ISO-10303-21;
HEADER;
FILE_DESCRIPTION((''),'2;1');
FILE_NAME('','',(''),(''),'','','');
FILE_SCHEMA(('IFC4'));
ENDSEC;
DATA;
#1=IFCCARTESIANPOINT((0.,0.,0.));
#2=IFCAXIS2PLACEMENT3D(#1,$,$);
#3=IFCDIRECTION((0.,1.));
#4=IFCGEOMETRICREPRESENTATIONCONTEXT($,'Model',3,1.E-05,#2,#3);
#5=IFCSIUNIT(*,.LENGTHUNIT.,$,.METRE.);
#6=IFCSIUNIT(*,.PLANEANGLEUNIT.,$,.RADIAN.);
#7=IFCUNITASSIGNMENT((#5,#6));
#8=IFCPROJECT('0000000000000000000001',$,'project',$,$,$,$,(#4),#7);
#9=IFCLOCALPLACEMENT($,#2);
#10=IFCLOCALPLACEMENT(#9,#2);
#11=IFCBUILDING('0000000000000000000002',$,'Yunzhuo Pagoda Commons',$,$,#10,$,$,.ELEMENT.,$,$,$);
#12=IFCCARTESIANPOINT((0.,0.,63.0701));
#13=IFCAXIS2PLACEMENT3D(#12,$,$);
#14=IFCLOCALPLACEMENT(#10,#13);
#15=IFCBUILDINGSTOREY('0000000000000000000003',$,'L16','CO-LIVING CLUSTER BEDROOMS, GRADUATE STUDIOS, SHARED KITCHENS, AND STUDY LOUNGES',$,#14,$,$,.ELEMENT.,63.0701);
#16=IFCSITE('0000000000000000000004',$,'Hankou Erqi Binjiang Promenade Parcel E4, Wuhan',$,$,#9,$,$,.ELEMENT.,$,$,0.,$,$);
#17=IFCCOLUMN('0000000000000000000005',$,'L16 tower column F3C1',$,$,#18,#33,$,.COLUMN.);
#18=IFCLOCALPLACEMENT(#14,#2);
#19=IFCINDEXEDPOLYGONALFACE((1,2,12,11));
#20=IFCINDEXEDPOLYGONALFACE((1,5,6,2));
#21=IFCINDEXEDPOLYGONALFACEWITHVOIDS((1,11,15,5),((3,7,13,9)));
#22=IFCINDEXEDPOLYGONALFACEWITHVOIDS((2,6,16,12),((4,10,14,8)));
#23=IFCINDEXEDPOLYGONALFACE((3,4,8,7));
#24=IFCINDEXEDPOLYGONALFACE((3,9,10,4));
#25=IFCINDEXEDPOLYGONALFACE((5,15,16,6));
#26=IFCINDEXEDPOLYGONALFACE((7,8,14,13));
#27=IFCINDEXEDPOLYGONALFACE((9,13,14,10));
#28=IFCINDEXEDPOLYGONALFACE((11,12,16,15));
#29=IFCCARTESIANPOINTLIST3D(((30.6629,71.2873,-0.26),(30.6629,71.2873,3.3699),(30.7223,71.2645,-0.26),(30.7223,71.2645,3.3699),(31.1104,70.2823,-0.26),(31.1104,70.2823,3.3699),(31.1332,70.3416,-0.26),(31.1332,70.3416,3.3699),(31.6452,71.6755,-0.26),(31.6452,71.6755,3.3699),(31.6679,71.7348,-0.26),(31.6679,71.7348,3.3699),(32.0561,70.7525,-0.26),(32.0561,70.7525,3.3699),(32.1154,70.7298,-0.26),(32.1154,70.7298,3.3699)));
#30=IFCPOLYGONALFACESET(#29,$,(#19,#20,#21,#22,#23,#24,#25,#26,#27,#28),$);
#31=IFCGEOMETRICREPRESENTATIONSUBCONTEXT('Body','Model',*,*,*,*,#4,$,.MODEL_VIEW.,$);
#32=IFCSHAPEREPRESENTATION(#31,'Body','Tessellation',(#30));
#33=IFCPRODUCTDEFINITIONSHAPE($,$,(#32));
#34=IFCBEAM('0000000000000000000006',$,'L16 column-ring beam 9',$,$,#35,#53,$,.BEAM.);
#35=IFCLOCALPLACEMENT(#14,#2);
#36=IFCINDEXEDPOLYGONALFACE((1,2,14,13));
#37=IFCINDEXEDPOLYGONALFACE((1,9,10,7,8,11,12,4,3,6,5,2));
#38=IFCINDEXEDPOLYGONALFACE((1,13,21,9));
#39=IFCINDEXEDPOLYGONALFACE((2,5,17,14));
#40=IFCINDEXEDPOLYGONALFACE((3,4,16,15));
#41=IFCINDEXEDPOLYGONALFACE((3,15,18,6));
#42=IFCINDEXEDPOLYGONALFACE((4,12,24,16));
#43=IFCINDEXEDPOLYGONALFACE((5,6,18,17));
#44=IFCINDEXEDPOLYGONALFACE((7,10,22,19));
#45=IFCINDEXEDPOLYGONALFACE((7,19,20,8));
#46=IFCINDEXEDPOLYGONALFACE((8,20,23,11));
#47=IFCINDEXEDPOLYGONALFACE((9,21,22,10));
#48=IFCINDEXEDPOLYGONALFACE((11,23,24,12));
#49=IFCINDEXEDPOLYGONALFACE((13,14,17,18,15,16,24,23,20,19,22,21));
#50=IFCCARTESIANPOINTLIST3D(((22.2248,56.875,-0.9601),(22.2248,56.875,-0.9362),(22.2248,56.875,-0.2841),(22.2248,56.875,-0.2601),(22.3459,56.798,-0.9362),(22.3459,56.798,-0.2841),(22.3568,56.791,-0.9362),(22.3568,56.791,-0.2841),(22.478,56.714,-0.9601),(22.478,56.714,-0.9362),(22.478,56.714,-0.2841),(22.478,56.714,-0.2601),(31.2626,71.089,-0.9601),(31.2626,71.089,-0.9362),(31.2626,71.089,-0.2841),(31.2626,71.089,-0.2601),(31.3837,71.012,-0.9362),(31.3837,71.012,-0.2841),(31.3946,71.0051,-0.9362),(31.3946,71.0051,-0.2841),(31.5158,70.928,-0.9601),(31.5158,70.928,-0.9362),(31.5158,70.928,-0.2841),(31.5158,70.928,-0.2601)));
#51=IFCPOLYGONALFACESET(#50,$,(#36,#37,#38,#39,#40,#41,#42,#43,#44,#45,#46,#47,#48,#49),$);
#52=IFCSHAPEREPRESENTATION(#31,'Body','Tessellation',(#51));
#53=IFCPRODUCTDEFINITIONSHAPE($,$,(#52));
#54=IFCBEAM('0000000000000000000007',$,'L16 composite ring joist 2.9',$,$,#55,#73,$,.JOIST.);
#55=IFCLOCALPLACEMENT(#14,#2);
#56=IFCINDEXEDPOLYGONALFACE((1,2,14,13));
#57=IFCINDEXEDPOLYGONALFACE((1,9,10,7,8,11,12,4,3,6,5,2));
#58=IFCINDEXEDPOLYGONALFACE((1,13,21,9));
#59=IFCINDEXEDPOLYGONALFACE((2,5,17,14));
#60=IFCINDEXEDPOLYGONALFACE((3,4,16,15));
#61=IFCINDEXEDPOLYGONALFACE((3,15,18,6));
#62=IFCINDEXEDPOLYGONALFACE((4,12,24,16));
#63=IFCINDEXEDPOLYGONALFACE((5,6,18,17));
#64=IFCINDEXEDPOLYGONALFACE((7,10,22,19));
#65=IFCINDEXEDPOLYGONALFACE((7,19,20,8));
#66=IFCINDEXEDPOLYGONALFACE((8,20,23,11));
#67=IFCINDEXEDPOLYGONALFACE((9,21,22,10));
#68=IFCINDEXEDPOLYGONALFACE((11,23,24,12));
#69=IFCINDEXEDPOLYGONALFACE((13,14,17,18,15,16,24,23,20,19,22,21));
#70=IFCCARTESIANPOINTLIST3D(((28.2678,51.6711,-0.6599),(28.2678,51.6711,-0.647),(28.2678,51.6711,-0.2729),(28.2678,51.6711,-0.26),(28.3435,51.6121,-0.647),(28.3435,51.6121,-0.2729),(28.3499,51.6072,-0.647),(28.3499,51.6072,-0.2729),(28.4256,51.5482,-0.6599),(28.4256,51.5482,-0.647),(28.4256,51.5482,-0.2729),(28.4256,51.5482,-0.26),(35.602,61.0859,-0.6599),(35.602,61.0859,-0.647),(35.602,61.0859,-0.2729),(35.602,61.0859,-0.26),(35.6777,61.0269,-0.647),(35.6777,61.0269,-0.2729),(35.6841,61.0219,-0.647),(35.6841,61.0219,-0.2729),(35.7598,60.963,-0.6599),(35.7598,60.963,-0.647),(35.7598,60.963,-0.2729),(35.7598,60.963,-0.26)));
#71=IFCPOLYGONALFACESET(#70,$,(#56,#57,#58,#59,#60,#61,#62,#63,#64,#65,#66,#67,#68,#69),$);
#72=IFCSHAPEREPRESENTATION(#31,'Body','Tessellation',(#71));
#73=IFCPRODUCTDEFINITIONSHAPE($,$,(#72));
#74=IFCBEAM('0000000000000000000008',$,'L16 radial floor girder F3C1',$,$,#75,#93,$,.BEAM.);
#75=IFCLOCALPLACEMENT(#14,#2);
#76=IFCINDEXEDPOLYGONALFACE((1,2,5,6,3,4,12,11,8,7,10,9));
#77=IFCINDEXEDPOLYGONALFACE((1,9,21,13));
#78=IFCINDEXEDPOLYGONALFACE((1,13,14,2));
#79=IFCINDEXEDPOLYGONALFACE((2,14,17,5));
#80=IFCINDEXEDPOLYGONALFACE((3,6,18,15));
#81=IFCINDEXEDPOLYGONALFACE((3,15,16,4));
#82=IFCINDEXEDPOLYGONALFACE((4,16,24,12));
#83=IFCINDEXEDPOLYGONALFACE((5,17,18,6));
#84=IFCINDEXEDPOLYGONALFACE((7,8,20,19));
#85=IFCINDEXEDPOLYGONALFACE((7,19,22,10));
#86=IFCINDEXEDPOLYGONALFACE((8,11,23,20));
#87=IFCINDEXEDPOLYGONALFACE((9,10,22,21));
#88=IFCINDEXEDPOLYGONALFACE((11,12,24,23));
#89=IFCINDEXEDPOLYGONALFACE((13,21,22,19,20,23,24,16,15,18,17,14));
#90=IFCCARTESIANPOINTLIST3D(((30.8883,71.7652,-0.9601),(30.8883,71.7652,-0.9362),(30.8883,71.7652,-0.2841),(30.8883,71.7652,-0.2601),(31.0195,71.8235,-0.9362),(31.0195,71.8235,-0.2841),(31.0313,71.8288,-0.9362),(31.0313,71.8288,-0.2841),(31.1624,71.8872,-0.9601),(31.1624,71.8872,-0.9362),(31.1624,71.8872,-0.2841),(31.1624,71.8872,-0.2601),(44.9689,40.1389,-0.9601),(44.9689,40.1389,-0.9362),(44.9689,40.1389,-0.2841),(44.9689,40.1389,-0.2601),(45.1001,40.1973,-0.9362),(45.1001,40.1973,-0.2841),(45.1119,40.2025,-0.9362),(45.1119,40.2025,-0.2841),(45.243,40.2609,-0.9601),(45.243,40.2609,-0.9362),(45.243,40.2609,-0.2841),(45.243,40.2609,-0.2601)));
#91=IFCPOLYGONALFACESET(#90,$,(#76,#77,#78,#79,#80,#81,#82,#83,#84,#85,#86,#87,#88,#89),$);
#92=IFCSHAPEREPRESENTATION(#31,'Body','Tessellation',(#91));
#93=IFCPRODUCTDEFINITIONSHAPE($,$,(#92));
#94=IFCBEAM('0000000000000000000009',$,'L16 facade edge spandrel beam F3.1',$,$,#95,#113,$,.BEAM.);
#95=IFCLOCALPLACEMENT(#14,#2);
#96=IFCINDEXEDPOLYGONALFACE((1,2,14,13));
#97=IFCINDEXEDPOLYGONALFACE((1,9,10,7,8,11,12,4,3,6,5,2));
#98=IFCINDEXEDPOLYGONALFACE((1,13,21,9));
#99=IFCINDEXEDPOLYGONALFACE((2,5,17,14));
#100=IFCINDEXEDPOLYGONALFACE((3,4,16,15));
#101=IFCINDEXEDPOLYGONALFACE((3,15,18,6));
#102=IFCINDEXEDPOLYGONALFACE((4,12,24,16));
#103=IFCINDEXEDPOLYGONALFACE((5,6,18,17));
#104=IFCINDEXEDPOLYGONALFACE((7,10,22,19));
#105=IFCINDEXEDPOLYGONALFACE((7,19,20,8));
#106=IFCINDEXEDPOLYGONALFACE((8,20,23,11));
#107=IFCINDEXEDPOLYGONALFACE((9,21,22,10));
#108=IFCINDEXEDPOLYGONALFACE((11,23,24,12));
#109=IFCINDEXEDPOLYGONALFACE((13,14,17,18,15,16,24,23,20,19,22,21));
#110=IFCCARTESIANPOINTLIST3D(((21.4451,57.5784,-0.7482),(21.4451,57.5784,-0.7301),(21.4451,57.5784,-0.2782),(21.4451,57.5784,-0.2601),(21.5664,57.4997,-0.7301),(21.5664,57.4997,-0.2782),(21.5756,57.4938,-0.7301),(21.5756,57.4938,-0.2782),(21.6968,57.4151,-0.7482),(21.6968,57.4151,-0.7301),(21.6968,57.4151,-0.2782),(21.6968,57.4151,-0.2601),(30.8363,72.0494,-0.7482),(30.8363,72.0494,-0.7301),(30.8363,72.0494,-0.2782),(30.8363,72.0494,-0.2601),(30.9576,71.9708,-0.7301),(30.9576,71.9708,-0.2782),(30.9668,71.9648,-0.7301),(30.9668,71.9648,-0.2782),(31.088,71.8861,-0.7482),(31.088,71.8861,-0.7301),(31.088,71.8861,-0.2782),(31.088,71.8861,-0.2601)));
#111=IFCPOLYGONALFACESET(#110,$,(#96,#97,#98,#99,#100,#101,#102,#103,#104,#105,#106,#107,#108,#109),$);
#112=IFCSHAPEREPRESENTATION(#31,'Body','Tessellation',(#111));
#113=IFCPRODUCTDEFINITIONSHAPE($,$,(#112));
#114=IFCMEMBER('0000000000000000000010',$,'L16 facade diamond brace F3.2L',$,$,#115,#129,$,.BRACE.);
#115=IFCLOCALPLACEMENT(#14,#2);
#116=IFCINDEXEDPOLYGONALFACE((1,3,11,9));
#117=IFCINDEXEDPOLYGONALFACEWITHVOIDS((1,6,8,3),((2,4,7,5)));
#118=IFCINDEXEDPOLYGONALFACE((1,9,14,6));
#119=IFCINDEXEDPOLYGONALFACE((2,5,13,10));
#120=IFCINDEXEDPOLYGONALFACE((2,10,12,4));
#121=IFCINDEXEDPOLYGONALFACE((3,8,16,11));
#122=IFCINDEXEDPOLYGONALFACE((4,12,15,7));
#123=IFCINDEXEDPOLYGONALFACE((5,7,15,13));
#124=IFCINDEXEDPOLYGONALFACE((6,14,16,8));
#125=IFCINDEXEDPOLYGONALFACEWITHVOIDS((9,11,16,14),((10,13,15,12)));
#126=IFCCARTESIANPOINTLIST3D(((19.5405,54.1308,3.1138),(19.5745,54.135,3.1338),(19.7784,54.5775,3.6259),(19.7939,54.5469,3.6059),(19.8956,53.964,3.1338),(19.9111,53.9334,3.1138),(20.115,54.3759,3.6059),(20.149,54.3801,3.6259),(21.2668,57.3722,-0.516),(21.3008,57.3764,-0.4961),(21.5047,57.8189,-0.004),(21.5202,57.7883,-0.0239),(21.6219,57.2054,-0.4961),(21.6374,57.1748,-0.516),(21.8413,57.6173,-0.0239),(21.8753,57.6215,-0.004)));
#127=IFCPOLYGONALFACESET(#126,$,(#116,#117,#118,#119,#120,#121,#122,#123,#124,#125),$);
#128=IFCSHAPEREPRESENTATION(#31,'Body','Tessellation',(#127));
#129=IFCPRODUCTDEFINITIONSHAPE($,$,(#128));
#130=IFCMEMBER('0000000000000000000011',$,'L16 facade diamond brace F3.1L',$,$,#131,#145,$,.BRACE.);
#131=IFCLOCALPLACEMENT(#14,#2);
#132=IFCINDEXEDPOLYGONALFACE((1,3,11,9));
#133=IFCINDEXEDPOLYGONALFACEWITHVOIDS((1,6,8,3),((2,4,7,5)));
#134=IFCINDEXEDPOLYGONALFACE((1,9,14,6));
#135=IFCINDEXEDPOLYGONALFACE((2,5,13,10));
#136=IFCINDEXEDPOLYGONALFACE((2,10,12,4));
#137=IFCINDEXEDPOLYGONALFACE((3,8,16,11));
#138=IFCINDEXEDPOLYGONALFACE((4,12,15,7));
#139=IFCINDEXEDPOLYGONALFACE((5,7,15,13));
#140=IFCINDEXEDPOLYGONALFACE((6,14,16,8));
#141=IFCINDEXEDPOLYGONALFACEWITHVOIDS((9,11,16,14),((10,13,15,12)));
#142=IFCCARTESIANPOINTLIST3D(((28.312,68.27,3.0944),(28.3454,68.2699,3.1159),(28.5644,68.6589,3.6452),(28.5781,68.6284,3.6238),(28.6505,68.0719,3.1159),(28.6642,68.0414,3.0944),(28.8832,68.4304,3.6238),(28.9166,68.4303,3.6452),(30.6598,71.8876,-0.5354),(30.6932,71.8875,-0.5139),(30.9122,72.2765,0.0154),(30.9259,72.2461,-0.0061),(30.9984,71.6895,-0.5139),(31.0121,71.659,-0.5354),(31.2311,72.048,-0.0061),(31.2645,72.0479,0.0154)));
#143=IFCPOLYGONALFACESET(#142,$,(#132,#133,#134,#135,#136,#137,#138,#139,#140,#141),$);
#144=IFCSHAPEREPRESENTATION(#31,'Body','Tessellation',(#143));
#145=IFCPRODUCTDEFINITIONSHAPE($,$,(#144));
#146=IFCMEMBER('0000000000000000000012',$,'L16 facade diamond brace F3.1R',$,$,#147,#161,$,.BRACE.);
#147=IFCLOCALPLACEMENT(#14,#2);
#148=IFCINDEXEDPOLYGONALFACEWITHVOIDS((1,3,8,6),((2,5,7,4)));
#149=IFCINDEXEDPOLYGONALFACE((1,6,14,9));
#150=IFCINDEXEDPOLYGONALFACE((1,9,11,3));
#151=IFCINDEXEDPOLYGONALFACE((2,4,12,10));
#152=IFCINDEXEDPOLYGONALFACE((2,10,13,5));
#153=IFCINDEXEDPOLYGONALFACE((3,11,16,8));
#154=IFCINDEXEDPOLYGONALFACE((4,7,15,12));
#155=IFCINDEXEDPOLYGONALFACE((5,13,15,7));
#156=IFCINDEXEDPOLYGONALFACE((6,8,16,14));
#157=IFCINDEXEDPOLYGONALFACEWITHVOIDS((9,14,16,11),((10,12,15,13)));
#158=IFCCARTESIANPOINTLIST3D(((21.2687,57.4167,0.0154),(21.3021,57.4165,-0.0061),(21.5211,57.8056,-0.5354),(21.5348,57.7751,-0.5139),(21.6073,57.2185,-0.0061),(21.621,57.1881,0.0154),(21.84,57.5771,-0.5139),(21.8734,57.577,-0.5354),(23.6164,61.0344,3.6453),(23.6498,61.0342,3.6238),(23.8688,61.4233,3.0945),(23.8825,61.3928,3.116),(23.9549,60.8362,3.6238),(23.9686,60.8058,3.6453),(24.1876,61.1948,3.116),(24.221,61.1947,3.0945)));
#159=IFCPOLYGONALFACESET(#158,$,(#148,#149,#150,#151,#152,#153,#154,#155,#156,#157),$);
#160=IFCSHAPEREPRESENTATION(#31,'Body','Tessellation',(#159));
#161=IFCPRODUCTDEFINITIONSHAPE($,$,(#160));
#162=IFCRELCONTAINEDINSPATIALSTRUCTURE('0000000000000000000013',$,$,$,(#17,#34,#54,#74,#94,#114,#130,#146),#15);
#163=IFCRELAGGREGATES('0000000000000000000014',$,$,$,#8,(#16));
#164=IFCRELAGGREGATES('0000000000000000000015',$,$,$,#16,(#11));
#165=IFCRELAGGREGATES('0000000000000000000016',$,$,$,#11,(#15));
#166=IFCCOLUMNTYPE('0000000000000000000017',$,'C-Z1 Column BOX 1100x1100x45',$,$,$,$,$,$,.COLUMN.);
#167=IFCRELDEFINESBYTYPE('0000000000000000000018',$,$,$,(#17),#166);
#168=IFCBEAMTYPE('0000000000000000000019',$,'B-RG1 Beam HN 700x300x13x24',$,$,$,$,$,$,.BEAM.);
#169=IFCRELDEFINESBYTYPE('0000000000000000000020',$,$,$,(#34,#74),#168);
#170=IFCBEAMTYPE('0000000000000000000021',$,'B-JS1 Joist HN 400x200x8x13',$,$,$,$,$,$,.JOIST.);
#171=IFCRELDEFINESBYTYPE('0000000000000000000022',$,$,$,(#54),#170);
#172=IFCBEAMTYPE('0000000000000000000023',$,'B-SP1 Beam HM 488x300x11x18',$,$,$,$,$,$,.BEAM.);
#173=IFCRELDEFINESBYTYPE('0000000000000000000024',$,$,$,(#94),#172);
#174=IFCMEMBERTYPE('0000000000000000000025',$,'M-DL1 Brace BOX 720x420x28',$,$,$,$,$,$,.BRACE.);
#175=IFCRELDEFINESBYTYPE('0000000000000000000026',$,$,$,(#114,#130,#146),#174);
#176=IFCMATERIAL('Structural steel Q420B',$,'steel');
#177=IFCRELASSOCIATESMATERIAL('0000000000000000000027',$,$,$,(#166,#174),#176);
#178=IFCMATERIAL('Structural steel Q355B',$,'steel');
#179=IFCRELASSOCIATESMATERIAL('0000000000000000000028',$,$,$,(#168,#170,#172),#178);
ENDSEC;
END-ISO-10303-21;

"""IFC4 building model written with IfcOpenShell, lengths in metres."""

from ifc_helpers import new_model, si_unit, direction, frame, origin, origin_2d, place, context, subcontext, project, spatial, hollow_rectangle, i_section, extrude, source, transform, mapped, material, material_profile, profile_set, type_object, element, save


model = new_model("IFC4")

# Units and contexts
model_context = context("Model", 3, precision=1e-05, world=origin(), true_north=direction((0.0, 1.0)))
body_context = subcontext(model_context, "Body", "Model", "MODEL_VIEW")
ifc_project = project(units=[si_unit("LENGTHUNIT", "METRE"), si_unit("PLANEANGLEUNIT", "RADIAN")], contexts=[model_context])

# Site, building, storey
site_placement = place(None, origin())
site = spatial("IfcSite", under=ifc_project, at=site_placement, Name="Hankou Erqi Binjiang Promenade Parcel E4, Wuhan", CompositionType="ELEMENT", RefElevation=0.0)
building_placement = place(site_placement, origin())
building = spatial("IfcBuilding", under=site, at=building_placement, Name="Yunzhuo Pagoda Commons", CompositionType="ELEMENT")
storey_placement = place(building_placement, frame((0.0, 0.0, 63.0701)))
storey = spatial("IfcBuildingStorey", under=building, at=storey_placement, Name="L16", Description="CO-LIVING CLUSTER BEDROOMS, GRADUATE STUDIOS, SHARED KITCHENS, AND STUDY LOUNGES", CompositionType="ELEMENT", Elevation=63.0701)

# Column
ifc_material_1 = material(Name="Structural steel Q420B", Category="steel")
ifc_material_profile_1 = material_profile(ifc_material_1, hollow_rectangle(XDim=1.1001, YDim=1.1001, WallThickness=0.0449, at=origin_2d()), Name="Structural steel Q420B")
ifc_profile_set_1 = profile_set([ifc_material_profile_1], Name="Structural steel Q420B")
column_type = type_object("IfcColumnType", Name="C-Z1 Column BOX 1100x1100x45", PredefinedType="COLUMN", material=ifc_profile_set_1)
shared_shape_1 = source(origin(), body_context, "Body", "SweptSolid", [
    extrude(hollow_rectangle(XDim=1.1001, YDim=1.1001, WallThickness=0.0449, at=origin_2d()), origin(), (0.0, 0.0, 1.0), 3.6299),
])
column_placement = place(storey_placement, frame((31.3892, 71.0085, -0.26), z_axis=(0.0, 0.0, 1.0), x_axis=(-0.913545, -0.406737, 0.0)))
element("IfcColumn", 1, at=column_placement, inside=storey, type_object=column_type, Name="L16 tower column F3C1", PredefinedType="COLUMN", context=body_context, shape_type="MappedRepresentation", body=[
    mapped(shared_shape_1, transform((0.0, 0.0, 0.0), scale=1.0)),
])

# Beams
ifc_material_2 = material(Name="Structural steel Q355B", Category="steel")
ifc_material_profile_2 = material_profile(ifc_material_2, i_section(OverallWidth=0.3, OverallDepth=0.7, WebThickness=0.0129, FlangeThickness=0.0239, at=origin_2d()), Name="Structural steel Q355B")
ifc_profile_set_2 = profile_set([ifc_material_profile_2], Name="Structural steel Q355B")
beam_type_1 = type_object("IfcBeamType", Name="B-RG1 Beam HN 700x300x13x24", PredefinedType="BEAM", material=ifc_profile_set_2)
shared_shape_2 = source(origin(), body_context, "Body", "SweptSolid", [
    extrude(i_section(OverallWidth=0.3, OverallDepth=0.7, WebThickness=0.0129, FlangeThickness=0.0239, at=origin_2d()), origin(), (0.0, 0.0, 1.0), 16.844),
])
beam_1_placement = place(storey_placement, frame((31.3892, 71.0085, -0.6101), z_axis=(-0.536558, -0.843863, 0.0), x_axis=(0.843863, -0.536558, 0.0)))
element("IfcBeam", 2, at=beam_1_placement, inside=storey, type_object=beam_type_1, Name="L16 column-ring beam 9", PredefinedType="BEAM", context=body_context, shape_type="MappedRepresentation", body=[
    mapped(shared_shape_2, transform((0.0, 0.0, 0.0), scale=1.0)),
])
ifc_material_profile_3 = material_profile(ifc_material_2, i_section(OverallWidth=0.2, OverallDepth=0.3999, WebThickness=0.0081, FlangeThickness=0.0129, at=origin_2d()), Name="Structural steel Q355B")
ifc_profile_set_3 = profile_set([ifc_material_profile_3], Name="Structural steel Q355B")
beam_type_2 = type_object("IfcBeamType", Name="B-JS1 Joist HN 400x200x8x13", PredefinedType="JOIST", material=ifc_profile_set_3)
shared_shape_3 = source(origin(), body_context, "Body", "SweptSolid", [
    extrude(i_section(OverallWidth=0.2, OverallDepth=0.3999, WebThickness=0.0081, FlangeThickness=0.0129, at=origin_2d()), origin(), (0.0, 0.0, 1.0), 11.9343),
])
beam_2_placement = place(storey_placement, frame((35.6809, 61.0244, -0.46), z_axis=(-0.614547, -0.788881, 0.0), x_axis=(0.788881, -0.614547, 0.0)))
element("IfcBeam", 3, at=beam_2_placement, inside=storey, type_object=beam_type_2, Name="L16 composite ring joist 2.9", PredefinedType="JOIST", context=body_context, shape_type="MappedRepresentation", body=[
    mapped(shared_shape_3, transform((0.0, 0.0, 0.0), scale=1.0)),
])
shared_shape_4 = source(origin(), body_context, "Body", "SweptSolid", [
    extrude(i_section(OverallWidth=0.3, OverallDepth=0.7, WebThickness=0.0129, FlangeThickness=0.0239, at=origin_2d()), origin(), (0.0, 0.0, 1.0), 34.6191),
])
beam_3_placement = place(storey_placement, frame((31.0254, 71.8262, -0.6101), z_axis=(0.406729, -0.913549, 0.0), x_axis=(0.913549, 0.406729, 0.0)))
element("IfcBeam", 4, at=beam_3_placement, inside=storey, type_object=beam_type_1, Name="L16 radial floor girder F3C1", PredefinedType="BEAM", context=body_context, shape_type="MappedRepresentation", body=[
    mapped(shared_shape_4, transform((0.0, 0.0, 0.0), scale=1.0)),
])
ifc_material_profile_4 = material_profile(ifc_material_2, i_section(OverallWidth=0.3, OverallDepth=0.488, WebThickness=0.011, FlangeThickness=0.0181, at=origin_2d()), Name="Structural steel Q355B")
ifc_profile_set_4 = profile_set([ifc_material_profile_4], Name="Structural steel Q355B")
beam_type_3 = type_object("IfcBeamType", Name="B-SP1 Beam HM 488x300x11x18", PredefinedType="BEAM", material=ifc_profile_set_4)
shared_shape_5 = source(origin(), body_context, "Body", "SweptSolid", [
    extrude(i_section(OverallWidth=0.3, OverallDepth=0.488, WebThickness=0.011, FlangeThickness=0.0181, at=origin_2d()), origin(), (0.0, 0.0, 1.0), 17.2512),
])
beam_4_placement = place(storey_placement, frame((30.9622, 71.9678, -0.5042), z_axis=(-0.544377, -0.838841, 0.0), x_axis=(0.838841, -0.544377, 0.0)))
element("IfcBeam", 5, at=beam_4_placement, inside=storey, type_object=beam_type_3, Name="L16 facade edge spandrel beam F3.1", PredefinedType="BEAM", context=body_context, shape_type="MappedRepresentation", body=[
    mapped(shared_shape_5, transform((0.0, 0.0, 0.0), scale=1.0)),
])

# Members
ifc_material_profile_5 = material_profile(ifc_material_1, hollow_rectangle(XDim=0.4199, YDim=0.72, WallThickness=0.0281, at=origin_2d()), Name="Structural steel Q420B")
ifc_profile_set_5 = profile_set([ifc_material_profile_5], Name="Structural steel Q420B")
member_type_1 = type_object("IfcMemberType", Name="M-DL1 Brace BOX 720x420x28", PredefinedType="BRACE", material=ifc_profile_set_5)
shared_shape_6 = source(origin(), body_context, "Body", "SweptSolid", [
    extrude(hollow_rectangle(XDim=0.4199, YDim=0.72, WallThickness=0.0281, at=origin_2d()), origin(), (0.0, 0.0, 1.0), 5.1636),
])
member_1_placement = place(storey_placement, frame((21.571, 57.4968, -0.26), z_axis=(-0.334321, -0.627745, 0.702969), x_axis=(0.882631, -0.470067, 0.0)))
element("IfcMember", 6, at=member_1_placement, inside=storey, type_object=member_type_1, Name="L16 facade diamond brace F3.2L", PredefinedType="BRACE", context=body_context, shape_type="MappedRepresentation", body=[
    mapped(shared_shape_6, transform((0.0, 0.0, 0.0), scale=1.0)),
])
shared_shape_7 = source(origin(), body_context, "Body", "SweptSolid", [
    extrude(hollow_rectangle(XDim=0.4199, YDim=0.72, WallThickness=0.0281, at=origin_2d()), origin(), (0.0, 0.0, 1.0), 5.637),
])
for number, where, z_axis, x_axis, name in (
    (7, (30.9622, 71.9678, -0.26), (-0.416513, -0.641768, 0.643934), (0.838824, -0.544403, 0.0), "L16 facade diamond brace F3.1L"),
    (8, (21.571, 57.4968, -0.26), (0.416477, 0.64178, 0.643945), (-0.83885, 0.544363, 0.0), "L16 facade diamond brace F3.1R"),
):
    element("IfcMember", number, at=place(storey_placement, frame(where, z_axis=z_axis, x_axis=x_axis)), inside=storey, type_object=member_type_1, Name=name, PredefinedType="BRACE", context=body_context, shape_type="MappedRepresentation", body=[
        mapped(shared_shape_7, transform((0.0, 0.0, 0.0), scale=1.0)),
    ])

save(model, "model.ifc")
